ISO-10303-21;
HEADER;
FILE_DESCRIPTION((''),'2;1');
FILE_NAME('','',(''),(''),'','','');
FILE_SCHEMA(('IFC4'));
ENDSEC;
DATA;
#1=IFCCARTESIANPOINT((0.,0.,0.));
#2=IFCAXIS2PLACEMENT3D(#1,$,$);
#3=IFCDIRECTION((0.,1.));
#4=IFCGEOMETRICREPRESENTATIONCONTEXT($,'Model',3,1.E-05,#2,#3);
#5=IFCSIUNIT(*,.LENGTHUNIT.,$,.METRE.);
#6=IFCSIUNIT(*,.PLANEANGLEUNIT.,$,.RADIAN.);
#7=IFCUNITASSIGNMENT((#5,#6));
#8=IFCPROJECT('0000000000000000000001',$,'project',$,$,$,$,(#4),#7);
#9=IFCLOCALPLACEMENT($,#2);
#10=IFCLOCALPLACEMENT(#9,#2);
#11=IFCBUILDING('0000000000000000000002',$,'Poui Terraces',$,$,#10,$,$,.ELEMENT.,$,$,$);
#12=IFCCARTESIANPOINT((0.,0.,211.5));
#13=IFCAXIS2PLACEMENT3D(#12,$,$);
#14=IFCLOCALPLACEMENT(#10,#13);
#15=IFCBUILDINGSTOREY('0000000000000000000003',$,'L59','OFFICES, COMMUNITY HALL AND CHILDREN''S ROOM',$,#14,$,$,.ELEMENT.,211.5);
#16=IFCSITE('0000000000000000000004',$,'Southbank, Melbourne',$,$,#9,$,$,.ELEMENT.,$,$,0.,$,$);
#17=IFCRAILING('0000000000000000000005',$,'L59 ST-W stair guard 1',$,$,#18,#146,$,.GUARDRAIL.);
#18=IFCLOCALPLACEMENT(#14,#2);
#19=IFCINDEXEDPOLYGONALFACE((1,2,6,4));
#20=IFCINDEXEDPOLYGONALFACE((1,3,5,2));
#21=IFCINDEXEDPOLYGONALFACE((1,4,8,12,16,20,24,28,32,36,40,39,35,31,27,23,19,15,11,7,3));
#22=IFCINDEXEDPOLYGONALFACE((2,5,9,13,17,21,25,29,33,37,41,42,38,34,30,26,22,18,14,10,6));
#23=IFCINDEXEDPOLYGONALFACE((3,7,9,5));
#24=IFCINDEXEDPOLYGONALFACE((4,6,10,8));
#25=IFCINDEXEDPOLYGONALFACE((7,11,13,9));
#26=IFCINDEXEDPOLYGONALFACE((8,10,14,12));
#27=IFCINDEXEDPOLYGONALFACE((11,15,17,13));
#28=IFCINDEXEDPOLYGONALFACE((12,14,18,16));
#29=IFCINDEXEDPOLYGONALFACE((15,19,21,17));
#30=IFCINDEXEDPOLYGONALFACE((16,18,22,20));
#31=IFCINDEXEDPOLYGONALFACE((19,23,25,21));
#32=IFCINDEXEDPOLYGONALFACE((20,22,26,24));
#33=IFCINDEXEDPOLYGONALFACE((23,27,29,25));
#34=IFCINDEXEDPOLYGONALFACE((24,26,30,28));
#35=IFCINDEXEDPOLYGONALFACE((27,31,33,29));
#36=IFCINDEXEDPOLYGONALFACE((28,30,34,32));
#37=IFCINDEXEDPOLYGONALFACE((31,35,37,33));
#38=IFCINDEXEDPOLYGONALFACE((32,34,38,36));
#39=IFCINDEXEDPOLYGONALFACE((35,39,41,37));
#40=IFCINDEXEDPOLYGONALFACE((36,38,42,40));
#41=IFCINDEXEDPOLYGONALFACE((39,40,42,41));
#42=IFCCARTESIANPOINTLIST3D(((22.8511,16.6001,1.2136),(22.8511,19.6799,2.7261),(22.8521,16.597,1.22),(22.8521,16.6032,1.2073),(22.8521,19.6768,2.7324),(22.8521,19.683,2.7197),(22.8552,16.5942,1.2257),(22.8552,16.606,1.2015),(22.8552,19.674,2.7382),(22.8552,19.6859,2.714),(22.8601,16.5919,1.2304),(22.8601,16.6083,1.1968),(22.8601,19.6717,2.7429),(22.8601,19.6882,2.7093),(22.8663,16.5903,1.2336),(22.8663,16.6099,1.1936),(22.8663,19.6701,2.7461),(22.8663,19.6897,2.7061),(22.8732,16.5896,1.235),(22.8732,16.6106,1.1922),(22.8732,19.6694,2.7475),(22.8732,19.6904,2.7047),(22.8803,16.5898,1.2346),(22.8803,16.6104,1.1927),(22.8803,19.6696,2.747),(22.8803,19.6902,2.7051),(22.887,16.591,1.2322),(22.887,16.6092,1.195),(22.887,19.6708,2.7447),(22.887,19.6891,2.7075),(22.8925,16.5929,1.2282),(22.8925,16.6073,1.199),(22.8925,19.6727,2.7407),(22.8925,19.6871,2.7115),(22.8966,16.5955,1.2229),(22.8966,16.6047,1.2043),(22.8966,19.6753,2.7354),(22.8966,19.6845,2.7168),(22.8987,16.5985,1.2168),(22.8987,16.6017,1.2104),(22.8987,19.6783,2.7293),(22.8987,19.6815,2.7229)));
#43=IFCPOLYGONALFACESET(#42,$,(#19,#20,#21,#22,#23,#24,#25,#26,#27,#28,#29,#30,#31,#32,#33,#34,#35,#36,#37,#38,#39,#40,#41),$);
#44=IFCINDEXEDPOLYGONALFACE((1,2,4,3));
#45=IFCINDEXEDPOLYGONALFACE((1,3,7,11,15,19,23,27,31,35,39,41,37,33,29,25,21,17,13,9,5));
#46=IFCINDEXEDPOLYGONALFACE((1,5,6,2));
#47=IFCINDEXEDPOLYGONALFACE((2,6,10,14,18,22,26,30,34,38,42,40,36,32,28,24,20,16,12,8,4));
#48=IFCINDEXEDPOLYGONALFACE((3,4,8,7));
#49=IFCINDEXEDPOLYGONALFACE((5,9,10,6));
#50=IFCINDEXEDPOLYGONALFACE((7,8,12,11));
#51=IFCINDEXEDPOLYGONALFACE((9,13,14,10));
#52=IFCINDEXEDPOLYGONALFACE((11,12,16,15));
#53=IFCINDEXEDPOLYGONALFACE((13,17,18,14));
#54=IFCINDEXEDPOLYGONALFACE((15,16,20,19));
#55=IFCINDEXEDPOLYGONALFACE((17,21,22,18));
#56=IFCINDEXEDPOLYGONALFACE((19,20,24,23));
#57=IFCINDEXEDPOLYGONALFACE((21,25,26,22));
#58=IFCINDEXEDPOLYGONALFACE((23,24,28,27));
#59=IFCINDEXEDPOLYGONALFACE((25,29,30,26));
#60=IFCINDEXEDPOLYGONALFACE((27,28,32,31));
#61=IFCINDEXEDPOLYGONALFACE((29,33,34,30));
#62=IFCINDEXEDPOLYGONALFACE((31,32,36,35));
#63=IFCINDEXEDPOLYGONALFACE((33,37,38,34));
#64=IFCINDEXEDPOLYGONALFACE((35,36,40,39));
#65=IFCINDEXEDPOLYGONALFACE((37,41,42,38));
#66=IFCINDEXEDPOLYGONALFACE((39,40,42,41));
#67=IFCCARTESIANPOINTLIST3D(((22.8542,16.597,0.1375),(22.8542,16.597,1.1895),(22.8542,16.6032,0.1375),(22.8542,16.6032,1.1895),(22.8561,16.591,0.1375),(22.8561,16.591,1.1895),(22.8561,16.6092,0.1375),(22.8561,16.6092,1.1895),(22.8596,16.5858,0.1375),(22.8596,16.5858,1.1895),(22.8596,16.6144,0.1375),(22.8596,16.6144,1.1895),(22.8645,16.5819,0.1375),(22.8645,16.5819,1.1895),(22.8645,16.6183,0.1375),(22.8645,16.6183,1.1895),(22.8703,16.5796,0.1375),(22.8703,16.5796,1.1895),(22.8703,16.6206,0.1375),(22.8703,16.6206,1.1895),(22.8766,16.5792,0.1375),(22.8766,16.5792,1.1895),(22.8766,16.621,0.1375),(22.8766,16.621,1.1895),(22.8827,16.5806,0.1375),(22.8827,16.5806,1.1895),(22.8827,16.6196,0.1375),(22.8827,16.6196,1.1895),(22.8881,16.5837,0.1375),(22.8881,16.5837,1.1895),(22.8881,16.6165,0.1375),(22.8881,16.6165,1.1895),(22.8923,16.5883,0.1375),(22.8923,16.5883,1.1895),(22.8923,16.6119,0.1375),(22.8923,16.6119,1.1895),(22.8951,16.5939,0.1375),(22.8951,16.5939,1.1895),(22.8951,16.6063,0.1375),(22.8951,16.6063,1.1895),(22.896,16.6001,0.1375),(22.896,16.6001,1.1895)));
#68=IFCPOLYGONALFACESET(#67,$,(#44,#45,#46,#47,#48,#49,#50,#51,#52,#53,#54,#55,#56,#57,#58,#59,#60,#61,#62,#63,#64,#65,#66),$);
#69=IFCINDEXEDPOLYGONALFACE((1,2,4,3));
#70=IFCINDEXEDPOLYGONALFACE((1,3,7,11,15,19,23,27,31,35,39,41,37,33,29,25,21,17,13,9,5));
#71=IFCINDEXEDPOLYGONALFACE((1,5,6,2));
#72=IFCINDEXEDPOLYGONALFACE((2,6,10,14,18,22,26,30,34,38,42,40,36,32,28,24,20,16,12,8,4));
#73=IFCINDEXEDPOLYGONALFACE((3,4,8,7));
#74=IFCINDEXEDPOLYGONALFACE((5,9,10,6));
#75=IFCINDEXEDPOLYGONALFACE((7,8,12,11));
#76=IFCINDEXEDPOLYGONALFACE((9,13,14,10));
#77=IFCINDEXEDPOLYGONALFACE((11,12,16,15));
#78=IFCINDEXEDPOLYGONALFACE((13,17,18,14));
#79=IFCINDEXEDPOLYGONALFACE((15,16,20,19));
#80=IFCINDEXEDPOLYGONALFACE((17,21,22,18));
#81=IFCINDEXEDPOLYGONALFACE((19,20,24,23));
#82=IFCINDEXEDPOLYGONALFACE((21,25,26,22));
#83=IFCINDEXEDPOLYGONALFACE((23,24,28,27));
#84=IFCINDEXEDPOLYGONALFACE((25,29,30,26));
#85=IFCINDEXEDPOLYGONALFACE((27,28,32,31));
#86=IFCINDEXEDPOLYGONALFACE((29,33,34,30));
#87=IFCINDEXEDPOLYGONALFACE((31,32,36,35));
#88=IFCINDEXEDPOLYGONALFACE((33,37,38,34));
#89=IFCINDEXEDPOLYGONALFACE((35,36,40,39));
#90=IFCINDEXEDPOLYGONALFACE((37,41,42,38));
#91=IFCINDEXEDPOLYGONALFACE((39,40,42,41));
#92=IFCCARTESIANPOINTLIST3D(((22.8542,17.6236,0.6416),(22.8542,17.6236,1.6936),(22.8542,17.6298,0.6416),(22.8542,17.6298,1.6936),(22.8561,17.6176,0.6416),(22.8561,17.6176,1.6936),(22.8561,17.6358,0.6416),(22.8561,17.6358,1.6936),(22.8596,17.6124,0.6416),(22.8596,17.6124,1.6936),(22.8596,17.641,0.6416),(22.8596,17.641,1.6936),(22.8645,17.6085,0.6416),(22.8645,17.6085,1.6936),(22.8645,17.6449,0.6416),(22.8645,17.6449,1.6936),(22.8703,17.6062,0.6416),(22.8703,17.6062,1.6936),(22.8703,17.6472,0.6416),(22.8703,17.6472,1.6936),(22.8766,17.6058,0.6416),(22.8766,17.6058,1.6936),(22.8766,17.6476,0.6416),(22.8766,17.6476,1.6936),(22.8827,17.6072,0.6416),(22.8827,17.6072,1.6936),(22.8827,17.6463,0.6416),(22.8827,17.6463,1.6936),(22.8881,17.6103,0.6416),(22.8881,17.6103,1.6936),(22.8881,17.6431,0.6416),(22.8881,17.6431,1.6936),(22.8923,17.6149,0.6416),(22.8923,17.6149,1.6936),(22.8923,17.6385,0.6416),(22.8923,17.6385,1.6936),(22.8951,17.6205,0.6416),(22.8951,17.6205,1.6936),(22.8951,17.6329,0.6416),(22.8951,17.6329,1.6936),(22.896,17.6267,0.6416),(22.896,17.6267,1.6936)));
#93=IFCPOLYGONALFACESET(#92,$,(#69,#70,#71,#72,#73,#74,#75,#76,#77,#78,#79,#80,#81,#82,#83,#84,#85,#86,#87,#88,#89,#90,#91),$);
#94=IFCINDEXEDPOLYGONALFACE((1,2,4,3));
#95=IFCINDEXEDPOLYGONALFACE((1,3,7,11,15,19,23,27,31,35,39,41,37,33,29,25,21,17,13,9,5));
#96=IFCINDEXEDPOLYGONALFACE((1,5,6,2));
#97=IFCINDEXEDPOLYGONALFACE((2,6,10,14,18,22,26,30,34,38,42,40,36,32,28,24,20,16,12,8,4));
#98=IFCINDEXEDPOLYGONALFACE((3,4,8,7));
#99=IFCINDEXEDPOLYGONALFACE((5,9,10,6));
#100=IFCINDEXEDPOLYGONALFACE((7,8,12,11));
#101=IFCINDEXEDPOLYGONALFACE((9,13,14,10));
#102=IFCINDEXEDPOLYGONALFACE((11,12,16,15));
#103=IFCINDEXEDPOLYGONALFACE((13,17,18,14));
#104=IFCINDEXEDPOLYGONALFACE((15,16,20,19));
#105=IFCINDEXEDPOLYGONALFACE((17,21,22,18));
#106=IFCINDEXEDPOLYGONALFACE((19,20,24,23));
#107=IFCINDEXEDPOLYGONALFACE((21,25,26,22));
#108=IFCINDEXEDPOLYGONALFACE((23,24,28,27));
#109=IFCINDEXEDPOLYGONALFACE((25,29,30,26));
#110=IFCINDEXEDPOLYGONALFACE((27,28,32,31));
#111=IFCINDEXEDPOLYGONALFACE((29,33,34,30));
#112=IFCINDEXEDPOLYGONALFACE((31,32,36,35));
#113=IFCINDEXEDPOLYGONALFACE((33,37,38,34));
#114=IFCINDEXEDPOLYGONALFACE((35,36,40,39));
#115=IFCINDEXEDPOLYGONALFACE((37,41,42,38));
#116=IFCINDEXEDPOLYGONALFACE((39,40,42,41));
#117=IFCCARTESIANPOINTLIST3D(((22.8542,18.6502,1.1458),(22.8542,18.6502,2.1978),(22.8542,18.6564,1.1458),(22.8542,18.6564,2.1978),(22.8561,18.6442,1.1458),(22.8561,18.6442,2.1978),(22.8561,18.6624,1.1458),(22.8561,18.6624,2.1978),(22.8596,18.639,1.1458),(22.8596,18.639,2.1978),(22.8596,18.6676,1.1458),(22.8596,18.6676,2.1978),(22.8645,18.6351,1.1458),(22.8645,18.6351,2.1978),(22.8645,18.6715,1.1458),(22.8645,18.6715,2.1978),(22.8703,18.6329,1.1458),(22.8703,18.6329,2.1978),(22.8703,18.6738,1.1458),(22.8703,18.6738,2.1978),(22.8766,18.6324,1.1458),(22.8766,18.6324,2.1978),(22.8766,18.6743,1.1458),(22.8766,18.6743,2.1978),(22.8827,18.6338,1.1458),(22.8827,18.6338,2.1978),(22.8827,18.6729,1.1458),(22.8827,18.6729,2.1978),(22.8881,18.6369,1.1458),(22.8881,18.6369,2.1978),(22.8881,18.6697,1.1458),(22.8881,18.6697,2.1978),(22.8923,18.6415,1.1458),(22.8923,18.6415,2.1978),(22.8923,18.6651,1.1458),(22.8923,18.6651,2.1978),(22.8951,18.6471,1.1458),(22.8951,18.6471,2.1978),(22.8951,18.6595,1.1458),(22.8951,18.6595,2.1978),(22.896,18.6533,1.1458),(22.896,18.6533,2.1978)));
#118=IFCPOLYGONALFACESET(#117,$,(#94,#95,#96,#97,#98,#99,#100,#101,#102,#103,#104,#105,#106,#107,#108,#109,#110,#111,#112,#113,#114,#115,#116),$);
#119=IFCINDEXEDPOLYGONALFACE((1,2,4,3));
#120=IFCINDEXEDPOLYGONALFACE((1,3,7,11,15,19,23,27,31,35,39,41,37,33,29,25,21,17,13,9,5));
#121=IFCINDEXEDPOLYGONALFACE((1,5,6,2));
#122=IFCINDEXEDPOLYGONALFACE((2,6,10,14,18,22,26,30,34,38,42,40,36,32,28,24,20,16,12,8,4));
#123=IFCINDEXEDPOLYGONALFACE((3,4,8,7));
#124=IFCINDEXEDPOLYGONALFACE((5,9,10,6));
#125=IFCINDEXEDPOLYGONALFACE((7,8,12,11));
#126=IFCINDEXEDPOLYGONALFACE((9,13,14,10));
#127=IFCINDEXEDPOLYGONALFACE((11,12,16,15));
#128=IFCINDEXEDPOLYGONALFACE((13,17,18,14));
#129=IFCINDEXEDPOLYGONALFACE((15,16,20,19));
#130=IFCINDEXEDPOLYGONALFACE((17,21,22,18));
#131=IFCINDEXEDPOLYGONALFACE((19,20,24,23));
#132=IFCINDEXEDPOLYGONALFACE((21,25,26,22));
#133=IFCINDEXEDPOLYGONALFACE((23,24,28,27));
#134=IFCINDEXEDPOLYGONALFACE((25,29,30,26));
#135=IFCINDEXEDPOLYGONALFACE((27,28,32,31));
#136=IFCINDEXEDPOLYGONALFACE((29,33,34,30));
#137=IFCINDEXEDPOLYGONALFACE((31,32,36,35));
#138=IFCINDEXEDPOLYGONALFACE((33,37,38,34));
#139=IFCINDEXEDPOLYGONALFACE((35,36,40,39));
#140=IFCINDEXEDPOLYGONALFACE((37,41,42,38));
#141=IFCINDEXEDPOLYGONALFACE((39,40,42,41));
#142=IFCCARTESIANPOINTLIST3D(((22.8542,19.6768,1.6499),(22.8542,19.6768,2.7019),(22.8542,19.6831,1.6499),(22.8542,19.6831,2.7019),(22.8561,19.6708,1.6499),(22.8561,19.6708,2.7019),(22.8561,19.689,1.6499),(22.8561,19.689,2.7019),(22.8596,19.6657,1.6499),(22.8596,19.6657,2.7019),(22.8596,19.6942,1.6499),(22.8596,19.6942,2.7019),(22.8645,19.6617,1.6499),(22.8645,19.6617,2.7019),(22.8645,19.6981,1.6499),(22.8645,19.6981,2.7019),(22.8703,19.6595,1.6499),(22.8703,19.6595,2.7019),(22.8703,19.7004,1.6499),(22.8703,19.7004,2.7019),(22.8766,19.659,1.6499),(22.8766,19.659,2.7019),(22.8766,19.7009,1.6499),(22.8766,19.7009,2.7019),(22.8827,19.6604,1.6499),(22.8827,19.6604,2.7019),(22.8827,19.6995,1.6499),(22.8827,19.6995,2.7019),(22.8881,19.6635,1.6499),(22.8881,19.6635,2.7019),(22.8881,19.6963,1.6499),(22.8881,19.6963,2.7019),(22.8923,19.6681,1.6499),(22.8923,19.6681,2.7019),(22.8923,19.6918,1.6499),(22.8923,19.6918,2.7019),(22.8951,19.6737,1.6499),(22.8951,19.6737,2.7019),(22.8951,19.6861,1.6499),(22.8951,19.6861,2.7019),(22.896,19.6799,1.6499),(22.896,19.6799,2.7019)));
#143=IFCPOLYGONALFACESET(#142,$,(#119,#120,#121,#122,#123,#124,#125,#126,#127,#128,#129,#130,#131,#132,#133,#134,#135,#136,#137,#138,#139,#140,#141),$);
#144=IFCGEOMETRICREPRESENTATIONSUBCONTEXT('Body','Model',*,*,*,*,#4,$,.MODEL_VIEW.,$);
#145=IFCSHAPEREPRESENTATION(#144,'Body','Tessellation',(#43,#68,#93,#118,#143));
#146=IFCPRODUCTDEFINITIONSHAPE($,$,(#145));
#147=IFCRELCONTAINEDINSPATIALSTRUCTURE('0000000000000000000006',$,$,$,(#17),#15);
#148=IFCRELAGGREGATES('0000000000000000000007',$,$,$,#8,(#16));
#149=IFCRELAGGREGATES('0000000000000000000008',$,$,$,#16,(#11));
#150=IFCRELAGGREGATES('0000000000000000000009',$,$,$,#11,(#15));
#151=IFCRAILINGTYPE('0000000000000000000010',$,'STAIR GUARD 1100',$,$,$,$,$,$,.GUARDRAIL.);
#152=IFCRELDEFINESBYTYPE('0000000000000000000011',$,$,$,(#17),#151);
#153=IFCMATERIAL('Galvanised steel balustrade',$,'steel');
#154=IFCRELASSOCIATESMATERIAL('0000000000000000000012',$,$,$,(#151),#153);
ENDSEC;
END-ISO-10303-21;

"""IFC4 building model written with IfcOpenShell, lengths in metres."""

from ifc_helpers import new_model, si_unit, direction, frame, origin, origin_2d, place, context, subcontext, project, spatial, circle, extrude, material, type_object, element, save


model = new_model("IFC4")

# Units and contexts
model_context = context("Model", 3, precision=1e-05, world=origin(), true_north=direction((0.0, 1.0)))
body_context = subcontext(model_context, "Body", "Model", "MODEL_VIEW")
ifc_project = project(units=[si_unit("LENGTHUNIT", "METRE"), si_unit("PLANEANGLEUNIT", "RADIAN")], contexts=[model_context])

# Site, building, storey
site_placement = place(None, origin())
site = spatial("IfcSite", under=ifc_project, at=site_placement, Name="Southbank, Melbourne", CompositionType="ELEMENT", RefElevation=0.0)
building_placement = place(site_placement, origin())
building = spatial("IfcBuilding", under=site, at=building_placement, Name="Poui Terraces", CompositionType="ELEMENT")
storey_placement = place(building_placement, frame((0.0, 0.0, 211.5)))
storey = spatial("IfcBuildingStorey", under=building, at=storey_placement, Name="L59", Description="OFFICES, COMMUNITY HALL AND CHILDREN'S ROOM", CompositionType="ELEMENT", Elevation=211.5)

# Railing
ifc_material_1 = material(Name="Galvanised steel balustrade", Category="steel")
railing_type = type_object("IfcRailingType", Name="STAIR GUARD 1100", PredefinedType="GUARDRAIL", material=ifc_material_1)
railing_1_placement = place(storey_placement, frame((22.875, 16.6001, 0.1375)))
element("IfcRailing", 1, at=railing_1_placement, inside=storey, type_object=railing_type, Name="L59 ST-W stair guard 1", PredefinedType="GUARDRAIL", context=body_context, shape_type="SweptSolid", body=[
    extrude(circle(Radius=0.0239, at=origin_2d()), frame((0.0, 0.0, 1.0762), z_axis=(0.0, 0.897606, 0.440798), x_axis=(-1.0, 0.0, 0.0)), (0.0, 0.0, 1.0), 3.4312),
    extrude(circle(Radius=0.021, at=origin_2d()), origin(), (0.0, 0.0, 1.0), 1.052),
    extrude(circle(Radius=0.021, at=origin_2d()), frame((0.0, 1.0266, 0.5042)), (0.0, 0.0, 1.0), 1.052),
    extrude(circle(Radius=0.021, at=origin_2d()), frame((0.0, 2.0532, 1.0083)), (0.0, 0.0, 1.0), 1.052),
    extrude(circle(Radius=0.021, at=origin_2d()), frame((0.0, 3.0798, 1.5125)), (0.0, 0.0, 1.0), 1.052),
])

save(model, "model.ifc")
